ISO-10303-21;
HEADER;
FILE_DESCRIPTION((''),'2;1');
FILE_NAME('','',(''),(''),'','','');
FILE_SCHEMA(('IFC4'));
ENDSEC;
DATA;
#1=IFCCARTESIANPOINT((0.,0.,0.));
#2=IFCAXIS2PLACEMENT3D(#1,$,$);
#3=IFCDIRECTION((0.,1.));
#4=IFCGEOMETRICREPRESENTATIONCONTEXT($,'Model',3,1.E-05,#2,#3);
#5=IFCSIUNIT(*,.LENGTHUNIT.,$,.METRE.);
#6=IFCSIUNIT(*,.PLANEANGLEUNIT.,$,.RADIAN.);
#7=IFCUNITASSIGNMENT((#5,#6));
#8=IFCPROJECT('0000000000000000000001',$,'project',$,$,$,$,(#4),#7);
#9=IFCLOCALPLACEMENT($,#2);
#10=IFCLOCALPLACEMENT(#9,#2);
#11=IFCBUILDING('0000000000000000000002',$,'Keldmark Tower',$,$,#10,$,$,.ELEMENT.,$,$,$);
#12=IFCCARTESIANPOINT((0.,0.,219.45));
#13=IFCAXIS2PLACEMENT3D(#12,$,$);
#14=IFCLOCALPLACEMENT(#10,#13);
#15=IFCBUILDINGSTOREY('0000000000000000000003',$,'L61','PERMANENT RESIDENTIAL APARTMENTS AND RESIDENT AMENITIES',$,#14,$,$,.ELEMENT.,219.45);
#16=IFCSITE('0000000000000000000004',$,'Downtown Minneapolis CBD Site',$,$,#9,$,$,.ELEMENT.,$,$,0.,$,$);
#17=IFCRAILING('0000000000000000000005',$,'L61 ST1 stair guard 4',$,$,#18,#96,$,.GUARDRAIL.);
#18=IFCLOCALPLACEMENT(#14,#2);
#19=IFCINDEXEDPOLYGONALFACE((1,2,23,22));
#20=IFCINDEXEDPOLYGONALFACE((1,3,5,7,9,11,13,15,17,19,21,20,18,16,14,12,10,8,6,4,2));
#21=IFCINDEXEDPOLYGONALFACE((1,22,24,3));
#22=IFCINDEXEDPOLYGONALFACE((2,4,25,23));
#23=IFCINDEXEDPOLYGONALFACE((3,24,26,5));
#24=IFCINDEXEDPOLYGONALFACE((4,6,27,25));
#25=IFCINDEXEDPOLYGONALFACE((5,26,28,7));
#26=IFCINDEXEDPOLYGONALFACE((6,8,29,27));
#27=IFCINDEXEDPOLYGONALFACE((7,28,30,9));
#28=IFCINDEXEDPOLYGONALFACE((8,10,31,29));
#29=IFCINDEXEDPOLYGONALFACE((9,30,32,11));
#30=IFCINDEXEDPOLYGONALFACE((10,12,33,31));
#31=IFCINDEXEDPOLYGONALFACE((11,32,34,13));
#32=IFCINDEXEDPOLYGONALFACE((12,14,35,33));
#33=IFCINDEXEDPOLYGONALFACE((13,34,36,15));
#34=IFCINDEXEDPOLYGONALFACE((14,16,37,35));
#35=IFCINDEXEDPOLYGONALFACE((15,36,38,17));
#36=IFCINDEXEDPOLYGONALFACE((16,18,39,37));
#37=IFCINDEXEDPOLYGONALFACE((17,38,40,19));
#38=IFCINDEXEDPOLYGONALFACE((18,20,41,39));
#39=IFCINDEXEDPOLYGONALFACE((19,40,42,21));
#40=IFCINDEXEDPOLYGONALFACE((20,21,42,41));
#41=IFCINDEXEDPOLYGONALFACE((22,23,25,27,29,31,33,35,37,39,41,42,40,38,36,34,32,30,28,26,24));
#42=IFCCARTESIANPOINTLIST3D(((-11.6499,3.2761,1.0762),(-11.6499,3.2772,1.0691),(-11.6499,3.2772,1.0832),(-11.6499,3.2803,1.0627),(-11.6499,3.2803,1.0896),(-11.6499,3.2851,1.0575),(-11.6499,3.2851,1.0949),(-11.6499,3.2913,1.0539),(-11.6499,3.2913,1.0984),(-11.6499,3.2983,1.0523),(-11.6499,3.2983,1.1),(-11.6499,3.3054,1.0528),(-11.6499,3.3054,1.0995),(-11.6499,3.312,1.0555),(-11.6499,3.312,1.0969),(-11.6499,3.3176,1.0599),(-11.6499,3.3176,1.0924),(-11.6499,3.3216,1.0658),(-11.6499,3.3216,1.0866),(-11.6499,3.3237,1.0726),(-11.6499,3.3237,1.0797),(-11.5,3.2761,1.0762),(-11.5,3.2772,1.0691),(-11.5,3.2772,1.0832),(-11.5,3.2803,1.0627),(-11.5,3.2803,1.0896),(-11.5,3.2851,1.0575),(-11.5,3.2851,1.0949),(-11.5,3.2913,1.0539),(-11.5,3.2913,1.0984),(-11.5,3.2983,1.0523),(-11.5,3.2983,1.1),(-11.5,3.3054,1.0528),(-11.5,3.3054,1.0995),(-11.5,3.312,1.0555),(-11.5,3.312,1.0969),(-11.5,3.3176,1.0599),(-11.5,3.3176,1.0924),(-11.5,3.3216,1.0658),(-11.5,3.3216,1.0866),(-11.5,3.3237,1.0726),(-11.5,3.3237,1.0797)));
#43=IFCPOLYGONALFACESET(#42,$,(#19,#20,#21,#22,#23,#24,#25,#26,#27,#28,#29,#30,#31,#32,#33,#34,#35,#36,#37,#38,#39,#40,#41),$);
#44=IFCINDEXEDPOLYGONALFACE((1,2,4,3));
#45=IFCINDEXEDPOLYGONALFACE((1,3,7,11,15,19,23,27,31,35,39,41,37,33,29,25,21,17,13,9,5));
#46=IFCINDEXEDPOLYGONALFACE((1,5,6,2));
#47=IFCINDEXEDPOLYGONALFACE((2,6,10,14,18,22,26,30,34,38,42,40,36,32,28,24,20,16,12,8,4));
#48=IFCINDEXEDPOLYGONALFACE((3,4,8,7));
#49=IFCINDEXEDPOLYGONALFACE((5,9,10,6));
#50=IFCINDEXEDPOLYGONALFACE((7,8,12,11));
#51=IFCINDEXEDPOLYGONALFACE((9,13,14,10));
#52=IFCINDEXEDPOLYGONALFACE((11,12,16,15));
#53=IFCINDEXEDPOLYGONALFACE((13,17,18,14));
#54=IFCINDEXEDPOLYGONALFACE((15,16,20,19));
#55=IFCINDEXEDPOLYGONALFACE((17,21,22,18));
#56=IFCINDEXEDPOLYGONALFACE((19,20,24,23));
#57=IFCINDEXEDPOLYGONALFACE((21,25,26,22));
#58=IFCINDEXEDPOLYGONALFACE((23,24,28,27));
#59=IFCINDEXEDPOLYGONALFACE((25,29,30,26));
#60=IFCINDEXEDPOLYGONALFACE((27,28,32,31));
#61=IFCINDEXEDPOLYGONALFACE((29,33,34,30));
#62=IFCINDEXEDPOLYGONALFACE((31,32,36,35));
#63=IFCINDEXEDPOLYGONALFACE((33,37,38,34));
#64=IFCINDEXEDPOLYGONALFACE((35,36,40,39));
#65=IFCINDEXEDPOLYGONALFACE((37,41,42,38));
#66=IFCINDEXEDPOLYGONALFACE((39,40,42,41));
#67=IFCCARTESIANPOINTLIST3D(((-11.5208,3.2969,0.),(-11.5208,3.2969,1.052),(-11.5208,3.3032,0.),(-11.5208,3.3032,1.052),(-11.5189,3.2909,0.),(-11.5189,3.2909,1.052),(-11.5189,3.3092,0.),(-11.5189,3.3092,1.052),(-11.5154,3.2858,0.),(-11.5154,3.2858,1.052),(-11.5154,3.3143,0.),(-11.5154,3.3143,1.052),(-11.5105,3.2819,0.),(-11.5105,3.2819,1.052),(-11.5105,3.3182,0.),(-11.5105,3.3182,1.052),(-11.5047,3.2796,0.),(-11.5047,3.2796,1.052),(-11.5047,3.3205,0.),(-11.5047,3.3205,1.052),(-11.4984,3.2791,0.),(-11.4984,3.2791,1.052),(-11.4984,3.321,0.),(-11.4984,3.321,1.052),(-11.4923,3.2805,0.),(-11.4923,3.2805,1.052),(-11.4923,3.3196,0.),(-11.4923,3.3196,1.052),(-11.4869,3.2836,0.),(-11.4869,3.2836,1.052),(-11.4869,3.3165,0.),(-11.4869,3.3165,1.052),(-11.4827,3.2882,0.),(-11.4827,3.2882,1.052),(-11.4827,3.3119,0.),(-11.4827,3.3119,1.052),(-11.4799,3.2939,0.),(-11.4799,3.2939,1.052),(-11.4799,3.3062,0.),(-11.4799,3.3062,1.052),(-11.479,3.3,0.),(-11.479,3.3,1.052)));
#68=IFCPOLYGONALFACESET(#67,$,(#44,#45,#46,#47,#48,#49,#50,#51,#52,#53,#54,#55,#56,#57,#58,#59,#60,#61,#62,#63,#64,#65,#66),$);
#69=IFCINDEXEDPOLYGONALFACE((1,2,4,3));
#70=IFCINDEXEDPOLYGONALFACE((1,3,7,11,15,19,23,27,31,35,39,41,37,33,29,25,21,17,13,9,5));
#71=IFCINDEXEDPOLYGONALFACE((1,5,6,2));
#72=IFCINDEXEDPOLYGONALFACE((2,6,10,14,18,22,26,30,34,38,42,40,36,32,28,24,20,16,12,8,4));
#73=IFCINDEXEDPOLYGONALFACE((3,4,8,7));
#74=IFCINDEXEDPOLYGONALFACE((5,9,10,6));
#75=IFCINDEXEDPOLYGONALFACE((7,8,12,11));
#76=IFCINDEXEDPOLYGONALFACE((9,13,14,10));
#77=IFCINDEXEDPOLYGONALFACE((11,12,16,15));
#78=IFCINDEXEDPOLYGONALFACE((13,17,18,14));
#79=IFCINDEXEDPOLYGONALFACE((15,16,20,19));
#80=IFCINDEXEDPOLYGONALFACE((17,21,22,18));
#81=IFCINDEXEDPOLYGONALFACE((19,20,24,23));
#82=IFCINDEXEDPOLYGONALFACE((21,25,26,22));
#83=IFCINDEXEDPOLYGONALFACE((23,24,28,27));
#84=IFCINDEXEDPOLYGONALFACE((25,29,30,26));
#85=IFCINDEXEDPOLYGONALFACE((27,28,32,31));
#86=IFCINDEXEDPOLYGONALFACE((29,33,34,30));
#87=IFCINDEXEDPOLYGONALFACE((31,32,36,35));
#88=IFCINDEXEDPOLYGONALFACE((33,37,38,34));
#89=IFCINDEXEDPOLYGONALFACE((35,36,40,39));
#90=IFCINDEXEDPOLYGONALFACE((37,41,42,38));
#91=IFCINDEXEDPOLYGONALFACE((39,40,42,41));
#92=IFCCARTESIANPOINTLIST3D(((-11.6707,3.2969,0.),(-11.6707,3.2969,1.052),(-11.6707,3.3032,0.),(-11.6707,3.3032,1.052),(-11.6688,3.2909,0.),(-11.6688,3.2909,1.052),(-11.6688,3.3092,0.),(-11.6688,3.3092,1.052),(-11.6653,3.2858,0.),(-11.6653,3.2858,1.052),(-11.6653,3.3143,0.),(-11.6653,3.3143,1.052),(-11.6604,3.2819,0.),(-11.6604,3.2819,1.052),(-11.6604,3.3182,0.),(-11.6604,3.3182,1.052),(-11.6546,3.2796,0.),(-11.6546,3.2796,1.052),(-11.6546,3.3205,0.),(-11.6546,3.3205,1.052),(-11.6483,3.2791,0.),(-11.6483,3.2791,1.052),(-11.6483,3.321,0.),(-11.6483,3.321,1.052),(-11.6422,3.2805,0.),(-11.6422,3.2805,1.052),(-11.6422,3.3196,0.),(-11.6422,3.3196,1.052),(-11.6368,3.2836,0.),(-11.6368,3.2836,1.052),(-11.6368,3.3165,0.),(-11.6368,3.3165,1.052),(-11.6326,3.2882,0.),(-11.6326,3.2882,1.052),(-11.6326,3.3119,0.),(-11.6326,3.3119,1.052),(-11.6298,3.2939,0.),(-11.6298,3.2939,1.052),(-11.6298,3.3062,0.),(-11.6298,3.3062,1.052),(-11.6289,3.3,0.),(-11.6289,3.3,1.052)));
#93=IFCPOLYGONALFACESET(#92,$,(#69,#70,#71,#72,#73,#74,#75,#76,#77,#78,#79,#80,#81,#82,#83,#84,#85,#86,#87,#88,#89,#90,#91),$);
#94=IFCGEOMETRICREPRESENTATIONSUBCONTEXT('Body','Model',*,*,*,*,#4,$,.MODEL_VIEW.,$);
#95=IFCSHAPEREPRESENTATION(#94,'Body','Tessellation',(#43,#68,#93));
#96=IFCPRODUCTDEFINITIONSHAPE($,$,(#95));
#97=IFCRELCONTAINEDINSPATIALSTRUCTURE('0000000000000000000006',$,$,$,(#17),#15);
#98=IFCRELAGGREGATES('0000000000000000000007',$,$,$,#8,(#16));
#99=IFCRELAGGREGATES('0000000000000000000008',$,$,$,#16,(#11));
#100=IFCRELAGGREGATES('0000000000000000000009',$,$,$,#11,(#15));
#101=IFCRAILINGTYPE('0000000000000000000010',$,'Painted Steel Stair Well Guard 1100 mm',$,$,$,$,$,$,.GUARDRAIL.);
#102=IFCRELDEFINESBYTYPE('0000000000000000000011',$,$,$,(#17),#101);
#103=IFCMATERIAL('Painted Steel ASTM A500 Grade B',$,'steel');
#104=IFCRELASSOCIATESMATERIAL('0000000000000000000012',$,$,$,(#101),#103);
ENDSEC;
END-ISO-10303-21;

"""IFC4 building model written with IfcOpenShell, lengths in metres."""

from ifc_helpers import new_model, si_unit, direction, frame, origin, origin_2d, place, context, subcontext, project, spatial, circle, extrude, material, type_object, element, save


model = new_model("IFC4")

# Units and contexts
model_context = context("Model", 3, precision=1e-05, world=origin(), true_north=direction((0.0, 1.0)))
body_context = subcontext(model_context, "Body", "Model", "MODEL_VIEW")
ifc_project = project(units=[si_unit("LENGTHUNIT", "METRE"), si_unit("PLANEANGLEUNIT", "RADIAN")], contexts=[model_context])

# Site, building, storey
site_placement = place(None, origin())
site = spatial("IfcSite", under=ifc_project, at=site_placement, Name="Downtown Minneapolis CBD Site", CompositionType="ELEMENT", RefElevation=0.0)
building_placement = place(site_placement, origin())
building = spatial("IfcBuilding", under=site, at=building_placement, Name="Keldmark Tower", CompositionType="ELEMENT")
storey_placement = place(building_placement, frame((0.0, 0.0, 219.45)))
storey = spatial("IfcBuildingStorey", under=building, at=storey_placement, Name="L61", Description="PERMANENT RESIDENTIAL APARTMENTS AND RESIDENT AMENITIES", CompositionType="ELEMENT", Elevation=219.45)

# Railing
ifc_material_1 = material(Name="Painted Steel ASTM A500 Grade B", Category="steel")
railing_type_1 = type_object("IfcRailingType", Name="Painted Steel Stair Well Guard 1100 mm", PredefinedType="GUARDRAIL", material=ifc_material_1)
railing_1_placement = place(storey_placement, frame((-11.5, 3.3, 0.0)))
element("IfcRailing", 1, at=railing_1_placement, inside=storey, type_object=railing_type_1, Name="L61 ST1 stair guard 4", PredefinedType="GUARDRAIL", context=body_context, shape_type="SweptSolid", body=[
    extrude(circle(Radius=0.0239, at=origin_2d()), frame((0.0, 0.0, 1.0762), z_axis=(-1.0, 0.0, 0.0), x_axis=(0.0, -1.0, 0.0)), (0.0, 0.0, 1.0), 0.1499),
    extrude(circle(Radius=0.021, at=origin_2d()), origin(), (0.0, 0.0, 1.0), 1.052),
    extrude(circle(Radius=0.021, at=origin_2d()), frame((-0.1499, 0.0, 0.0)), (0.0, 0.0, 1.0), 1.052),
])

save(model, "model.ifc")
